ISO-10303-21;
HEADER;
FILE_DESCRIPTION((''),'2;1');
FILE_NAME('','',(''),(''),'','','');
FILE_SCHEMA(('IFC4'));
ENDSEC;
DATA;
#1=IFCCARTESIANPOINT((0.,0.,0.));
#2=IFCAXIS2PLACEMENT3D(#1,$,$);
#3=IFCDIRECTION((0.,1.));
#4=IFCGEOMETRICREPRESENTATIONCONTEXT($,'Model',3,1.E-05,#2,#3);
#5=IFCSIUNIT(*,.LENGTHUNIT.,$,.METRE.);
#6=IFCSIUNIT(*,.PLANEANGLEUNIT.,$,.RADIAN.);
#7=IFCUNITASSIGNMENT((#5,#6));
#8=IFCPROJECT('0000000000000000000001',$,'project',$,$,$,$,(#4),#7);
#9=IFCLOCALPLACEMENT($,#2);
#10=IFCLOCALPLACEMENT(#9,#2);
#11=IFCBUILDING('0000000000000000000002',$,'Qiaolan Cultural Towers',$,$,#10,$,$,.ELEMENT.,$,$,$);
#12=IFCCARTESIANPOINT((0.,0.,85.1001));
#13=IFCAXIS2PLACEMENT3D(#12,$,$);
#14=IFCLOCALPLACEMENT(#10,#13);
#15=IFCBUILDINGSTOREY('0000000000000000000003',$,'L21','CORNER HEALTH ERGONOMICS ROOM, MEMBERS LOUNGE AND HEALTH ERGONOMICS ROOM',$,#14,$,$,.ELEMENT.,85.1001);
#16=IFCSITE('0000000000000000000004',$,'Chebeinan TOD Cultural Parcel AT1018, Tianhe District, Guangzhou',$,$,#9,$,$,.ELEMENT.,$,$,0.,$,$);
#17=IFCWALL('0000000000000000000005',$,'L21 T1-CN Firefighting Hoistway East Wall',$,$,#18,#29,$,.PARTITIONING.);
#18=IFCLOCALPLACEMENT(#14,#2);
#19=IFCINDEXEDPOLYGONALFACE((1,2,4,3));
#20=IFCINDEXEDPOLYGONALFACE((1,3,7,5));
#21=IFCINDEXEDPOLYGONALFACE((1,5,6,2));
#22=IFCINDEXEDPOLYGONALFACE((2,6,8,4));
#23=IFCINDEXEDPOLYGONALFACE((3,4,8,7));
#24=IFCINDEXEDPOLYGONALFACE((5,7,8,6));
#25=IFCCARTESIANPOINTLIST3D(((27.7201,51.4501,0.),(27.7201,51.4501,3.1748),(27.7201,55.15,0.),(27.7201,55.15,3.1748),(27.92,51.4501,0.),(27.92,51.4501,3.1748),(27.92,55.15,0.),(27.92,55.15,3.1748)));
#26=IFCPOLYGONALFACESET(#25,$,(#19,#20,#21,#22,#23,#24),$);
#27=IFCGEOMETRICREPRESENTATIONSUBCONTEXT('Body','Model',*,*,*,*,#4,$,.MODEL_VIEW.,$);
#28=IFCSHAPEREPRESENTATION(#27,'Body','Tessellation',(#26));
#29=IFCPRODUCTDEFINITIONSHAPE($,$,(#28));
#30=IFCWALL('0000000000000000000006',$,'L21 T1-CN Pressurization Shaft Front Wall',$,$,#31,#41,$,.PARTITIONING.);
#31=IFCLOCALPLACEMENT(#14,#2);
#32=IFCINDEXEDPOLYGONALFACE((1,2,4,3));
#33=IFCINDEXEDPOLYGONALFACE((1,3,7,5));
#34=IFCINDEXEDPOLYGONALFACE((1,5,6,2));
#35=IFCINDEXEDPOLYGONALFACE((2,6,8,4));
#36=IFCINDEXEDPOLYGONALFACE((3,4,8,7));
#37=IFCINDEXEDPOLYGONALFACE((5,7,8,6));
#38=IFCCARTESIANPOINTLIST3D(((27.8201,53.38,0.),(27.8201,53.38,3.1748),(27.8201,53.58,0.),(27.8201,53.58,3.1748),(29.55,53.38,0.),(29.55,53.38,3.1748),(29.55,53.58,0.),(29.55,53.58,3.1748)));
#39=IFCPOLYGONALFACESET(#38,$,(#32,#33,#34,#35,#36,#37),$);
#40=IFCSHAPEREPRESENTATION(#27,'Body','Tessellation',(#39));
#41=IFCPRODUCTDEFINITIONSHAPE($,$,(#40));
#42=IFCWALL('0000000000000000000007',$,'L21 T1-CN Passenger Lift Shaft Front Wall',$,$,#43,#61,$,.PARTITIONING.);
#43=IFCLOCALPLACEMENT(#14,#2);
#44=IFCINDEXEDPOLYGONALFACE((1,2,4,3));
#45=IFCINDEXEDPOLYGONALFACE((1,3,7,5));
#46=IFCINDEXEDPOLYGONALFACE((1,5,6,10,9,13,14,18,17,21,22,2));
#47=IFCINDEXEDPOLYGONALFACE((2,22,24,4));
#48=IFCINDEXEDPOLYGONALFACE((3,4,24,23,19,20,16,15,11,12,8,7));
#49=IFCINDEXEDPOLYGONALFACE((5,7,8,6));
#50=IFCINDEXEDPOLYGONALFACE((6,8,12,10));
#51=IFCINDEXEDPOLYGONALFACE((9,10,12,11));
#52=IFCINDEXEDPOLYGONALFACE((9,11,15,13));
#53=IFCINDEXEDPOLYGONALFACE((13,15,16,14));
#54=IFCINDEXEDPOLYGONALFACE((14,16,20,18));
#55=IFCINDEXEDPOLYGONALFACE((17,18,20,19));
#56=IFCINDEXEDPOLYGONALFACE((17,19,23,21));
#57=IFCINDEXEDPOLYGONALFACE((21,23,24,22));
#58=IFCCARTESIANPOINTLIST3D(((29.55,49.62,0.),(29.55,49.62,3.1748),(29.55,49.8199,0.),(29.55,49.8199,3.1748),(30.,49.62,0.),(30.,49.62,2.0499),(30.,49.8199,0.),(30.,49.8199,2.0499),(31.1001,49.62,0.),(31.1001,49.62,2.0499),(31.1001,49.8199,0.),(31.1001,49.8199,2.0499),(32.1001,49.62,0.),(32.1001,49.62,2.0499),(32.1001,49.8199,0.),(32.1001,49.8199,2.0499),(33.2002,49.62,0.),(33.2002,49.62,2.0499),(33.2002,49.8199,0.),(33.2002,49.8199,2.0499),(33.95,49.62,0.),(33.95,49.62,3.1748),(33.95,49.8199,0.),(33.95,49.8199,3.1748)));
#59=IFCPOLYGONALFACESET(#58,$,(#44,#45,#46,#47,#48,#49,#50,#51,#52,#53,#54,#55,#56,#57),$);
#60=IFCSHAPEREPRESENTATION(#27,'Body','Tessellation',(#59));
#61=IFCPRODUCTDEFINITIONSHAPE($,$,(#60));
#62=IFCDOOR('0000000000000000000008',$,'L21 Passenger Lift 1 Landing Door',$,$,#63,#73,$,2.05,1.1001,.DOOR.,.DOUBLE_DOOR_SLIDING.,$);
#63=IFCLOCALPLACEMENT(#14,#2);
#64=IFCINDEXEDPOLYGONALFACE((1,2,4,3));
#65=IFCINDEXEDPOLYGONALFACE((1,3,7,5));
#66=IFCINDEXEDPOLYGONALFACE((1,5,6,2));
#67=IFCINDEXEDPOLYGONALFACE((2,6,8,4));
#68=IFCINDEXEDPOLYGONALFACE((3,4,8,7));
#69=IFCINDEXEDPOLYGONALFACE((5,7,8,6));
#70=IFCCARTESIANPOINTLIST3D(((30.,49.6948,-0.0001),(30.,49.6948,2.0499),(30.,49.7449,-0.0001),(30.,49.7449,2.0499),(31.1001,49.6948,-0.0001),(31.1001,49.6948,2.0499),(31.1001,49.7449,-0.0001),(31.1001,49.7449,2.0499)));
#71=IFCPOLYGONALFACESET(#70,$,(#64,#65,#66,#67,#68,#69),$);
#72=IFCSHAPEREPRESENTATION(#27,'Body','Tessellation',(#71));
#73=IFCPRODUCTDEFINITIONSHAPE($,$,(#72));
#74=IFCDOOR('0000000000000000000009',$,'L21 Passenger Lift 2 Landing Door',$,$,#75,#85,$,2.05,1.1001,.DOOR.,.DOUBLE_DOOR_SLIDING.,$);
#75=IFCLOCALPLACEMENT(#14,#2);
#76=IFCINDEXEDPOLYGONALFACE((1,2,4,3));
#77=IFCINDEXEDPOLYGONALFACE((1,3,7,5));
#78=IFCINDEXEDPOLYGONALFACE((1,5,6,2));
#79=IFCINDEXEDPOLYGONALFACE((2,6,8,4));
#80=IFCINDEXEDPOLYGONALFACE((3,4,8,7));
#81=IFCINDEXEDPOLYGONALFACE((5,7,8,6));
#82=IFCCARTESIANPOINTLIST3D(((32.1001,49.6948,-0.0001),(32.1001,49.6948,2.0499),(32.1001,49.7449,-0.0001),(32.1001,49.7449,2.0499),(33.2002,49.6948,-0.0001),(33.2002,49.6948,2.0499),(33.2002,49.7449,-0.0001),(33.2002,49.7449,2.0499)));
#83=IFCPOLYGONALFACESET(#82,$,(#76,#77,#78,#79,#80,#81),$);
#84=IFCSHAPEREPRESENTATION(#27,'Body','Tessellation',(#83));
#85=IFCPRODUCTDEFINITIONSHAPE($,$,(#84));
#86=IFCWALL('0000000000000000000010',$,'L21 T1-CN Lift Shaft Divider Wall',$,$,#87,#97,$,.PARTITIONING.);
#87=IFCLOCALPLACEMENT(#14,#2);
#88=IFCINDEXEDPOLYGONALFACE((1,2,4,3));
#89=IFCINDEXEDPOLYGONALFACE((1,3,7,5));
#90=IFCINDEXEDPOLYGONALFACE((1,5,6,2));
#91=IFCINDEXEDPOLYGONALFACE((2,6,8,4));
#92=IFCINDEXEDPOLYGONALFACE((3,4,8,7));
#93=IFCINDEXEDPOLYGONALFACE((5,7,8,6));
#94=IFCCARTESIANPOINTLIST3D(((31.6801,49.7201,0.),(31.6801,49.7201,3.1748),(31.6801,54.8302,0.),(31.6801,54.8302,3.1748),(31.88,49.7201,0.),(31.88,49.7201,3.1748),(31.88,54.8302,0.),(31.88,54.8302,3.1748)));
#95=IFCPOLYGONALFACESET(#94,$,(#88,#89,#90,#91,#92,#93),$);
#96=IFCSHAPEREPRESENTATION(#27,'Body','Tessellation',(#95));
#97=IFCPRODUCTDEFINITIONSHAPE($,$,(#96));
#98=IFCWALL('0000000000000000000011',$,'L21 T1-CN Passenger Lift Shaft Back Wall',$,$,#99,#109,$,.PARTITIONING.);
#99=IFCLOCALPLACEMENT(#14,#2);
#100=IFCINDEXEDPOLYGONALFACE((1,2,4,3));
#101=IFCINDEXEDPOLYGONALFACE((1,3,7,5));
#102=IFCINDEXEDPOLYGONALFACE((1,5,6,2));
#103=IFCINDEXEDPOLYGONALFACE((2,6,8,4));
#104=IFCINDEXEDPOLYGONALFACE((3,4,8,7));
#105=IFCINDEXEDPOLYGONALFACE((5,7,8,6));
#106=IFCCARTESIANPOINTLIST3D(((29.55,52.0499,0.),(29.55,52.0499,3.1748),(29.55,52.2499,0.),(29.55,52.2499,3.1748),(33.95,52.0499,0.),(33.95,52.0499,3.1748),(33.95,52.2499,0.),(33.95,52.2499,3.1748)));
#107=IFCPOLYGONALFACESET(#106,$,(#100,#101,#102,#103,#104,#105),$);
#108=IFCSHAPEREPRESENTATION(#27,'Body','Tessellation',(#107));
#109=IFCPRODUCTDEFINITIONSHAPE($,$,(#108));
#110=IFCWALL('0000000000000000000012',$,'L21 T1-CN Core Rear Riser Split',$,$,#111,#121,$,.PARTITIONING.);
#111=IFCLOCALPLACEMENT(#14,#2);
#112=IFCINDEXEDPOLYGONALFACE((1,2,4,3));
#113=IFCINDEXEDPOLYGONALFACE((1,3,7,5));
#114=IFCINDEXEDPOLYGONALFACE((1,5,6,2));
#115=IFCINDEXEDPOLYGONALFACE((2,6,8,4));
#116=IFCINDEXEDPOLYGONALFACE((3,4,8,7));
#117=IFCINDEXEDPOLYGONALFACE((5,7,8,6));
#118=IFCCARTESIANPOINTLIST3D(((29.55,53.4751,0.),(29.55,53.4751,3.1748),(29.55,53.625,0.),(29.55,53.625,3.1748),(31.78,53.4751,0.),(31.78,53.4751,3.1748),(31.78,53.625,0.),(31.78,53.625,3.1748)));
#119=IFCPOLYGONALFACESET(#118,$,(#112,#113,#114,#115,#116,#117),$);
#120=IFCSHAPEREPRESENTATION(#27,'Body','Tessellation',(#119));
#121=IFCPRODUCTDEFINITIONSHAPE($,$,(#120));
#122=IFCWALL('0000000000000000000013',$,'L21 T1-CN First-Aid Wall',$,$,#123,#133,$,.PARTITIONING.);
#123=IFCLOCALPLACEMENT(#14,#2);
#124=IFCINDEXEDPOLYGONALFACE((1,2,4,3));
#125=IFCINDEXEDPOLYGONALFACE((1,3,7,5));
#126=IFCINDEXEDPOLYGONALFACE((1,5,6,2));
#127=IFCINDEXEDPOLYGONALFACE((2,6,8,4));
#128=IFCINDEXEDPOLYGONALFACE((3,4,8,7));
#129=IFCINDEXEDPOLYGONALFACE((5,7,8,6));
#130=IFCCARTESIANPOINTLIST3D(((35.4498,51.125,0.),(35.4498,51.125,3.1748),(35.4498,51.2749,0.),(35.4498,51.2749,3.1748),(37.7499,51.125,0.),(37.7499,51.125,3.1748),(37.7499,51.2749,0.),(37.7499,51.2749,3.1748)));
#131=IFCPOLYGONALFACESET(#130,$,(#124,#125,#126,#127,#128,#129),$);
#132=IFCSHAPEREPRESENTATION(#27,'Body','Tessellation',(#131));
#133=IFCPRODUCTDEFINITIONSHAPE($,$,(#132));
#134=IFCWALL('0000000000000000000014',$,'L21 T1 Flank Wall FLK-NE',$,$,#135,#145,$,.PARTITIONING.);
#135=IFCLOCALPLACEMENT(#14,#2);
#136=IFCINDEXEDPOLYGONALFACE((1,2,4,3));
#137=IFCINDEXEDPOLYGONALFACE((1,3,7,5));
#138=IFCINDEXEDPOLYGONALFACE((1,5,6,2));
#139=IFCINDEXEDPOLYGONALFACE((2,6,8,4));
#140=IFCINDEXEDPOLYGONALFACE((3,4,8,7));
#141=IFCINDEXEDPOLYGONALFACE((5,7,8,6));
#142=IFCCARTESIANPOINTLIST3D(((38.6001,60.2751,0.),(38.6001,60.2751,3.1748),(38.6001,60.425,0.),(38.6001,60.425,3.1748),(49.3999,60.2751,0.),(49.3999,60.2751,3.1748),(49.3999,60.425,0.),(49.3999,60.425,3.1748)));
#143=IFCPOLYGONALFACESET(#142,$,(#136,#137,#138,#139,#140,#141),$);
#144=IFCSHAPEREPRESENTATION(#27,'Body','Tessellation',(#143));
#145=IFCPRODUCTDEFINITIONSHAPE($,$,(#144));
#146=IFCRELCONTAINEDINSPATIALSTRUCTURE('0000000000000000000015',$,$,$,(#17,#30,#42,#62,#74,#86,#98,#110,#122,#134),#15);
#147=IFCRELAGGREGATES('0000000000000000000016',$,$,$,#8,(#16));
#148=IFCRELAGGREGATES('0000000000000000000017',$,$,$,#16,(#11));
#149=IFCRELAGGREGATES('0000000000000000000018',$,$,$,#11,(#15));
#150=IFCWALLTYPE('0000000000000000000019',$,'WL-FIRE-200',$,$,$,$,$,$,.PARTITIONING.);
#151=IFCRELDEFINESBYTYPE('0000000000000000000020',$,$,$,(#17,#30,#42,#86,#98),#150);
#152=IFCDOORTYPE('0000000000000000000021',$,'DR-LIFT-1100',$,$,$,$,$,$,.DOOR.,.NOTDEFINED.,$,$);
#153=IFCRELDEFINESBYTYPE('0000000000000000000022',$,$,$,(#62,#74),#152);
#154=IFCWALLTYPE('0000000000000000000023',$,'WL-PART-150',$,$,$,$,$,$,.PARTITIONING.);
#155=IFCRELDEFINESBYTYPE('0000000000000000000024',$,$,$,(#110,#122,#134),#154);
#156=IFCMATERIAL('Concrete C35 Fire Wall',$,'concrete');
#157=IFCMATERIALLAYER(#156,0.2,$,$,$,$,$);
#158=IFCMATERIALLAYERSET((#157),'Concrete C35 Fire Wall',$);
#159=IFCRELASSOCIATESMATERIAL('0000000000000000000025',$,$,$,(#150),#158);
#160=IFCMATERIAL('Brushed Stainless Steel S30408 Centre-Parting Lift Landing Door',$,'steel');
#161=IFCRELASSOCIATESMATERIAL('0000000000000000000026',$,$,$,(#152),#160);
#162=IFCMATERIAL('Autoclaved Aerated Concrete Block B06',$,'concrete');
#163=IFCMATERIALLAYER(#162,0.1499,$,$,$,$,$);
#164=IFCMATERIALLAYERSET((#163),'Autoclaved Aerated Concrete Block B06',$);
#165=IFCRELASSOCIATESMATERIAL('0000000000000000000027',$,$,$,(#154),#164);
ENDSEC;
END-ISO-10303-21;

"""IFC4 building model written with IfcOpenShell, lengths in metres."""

from ifc_helpers import new_model, si_unit, direction, frame, frame_2d, origin, place, context, subcontext, project, spatial, rectangle, extrude, material, layer, layer_set, type_object, element, fill, save


model = new_model("IFC4")

# Units and contexts
model_context = context("Model", 3, precision=1e-05, world=origin(), true_north=direction((0.0, 1.0)))
body_context = subcontext(model_context, "Body", "Model", "MODEL_VIEW")
ifc_project = project(units=[si_unit("LENGTHUNIT", "METRE"), si_unit("PLANEANGLEUNIT", "RADIAN")], contexts=[model_context])

# Site, building, storey
site_placement = place(None, origin())
site = spatial("IfcSite", under=ifc_project, at=site_placement, Name="Chebeinan TOD Cultural Parcel AT1018, Tianhe District, Guangzhou", CompositionType="ELEMENT", RefElevation=0.0)
building_placement = place(site_placement, origin())
building = spatial("IfcBuilding", under=site, at=building_placement, Name="Qiaolan Cultural Towers", CompositionType="ELEMENT")
storey_placement = place(building_placement, frame((0.0, 0.0, 85.1001)))
storey = spatial("IfcBuildingStorey", under=building, at=storey_placement, Name="L21", Description="CORNER HEALTH ERGONOMICS ROOM, MEMBERS LOUNGE AND HEALTH ERGONOMICS ROOM", CompositionType="ELEMENT", Elevation=85.1001)

# Shared definitions
ifc_material_1 = material(Name="Concrete C35 Fire Wall", Category="concrete")
ifc_layer_1 = layer(ifc_material_1, 0.2)
ifc_layer_set_1 = layer_set([ifc_layer_1], Name="Concrete C35 Fire Wall")
wall_type_1 = type_object("IfcWallType", Name="WL-FIRE-200", PredefinedType="PARTITIONING", material=ifc_layer_set_1)
ifc_material_2 = material(Name="Brushed Stainless Steel S30408 Centre-Parting Lift Landing Door", Category="steel")
door_type = type_object("IfcDoorType", Name="DR-LIFT-1100", OperationType="NOTDEFINED", PredefinedType="DOOR", material=ifc_material_2)

# Walls
wall_1_placement = place(storey_placement, frame((27.8201, 51.45, 0.0), z_axis=(0.0, 0.0, 1.0), x_axis=(0.0, 1.0, 0.0)))
element("IfcWall", 1, at=wall_1_placement, inside=storey, type_object=wall_type_1, Name="L21 T1-CN Firefighting Hoistway East Wall", PredefinedType="PARTITIONING", context=body_context, shape_type="SweptSolid", body=[
    extrude(rectangle(XDim=3.7, YDim=0.2, at=frame_2d((1.8501, 0.0))), origin(), (0.0, 0.0, 1.0), 3.1748),
])
wall_2_placement = place(storey_placement, frame((27.8201, 53.48, 0.0), z_axis=(0.0, 0.0, 1.0), x_axis=(1.0, 0.0, 0.0)))
element("IfcWall", 2, at=wall_2_placement, inside=storey, type_object=wall_type_1, Name="L21 T1-CN Pressurization Shaft Front Wall", PredefinedType="PARTITIONING", context=body_context, shape_type="SweptSolid", body=[
    extrude(rectangle(XDim=1.73, YDim=0.2, at=frame_2d((0.865, 0.0))), origin(), (0.0, 0.0, 1.0), 3.1748),
])

# Wall, openings, doors
wall_3_placement = place(storey_placement, frame((29.55, 49.72, 0.0), z_axis=(0.0, 0.0, 1.0), x_axis=(1.0, 0.0, 0.0)))
wall_3 = element("IfcWall", 3, at=wall_3_placement, inside=storey, type_object=wall_type_1, Name="L21 T1-CN Passenger Lift Shaft Front Wall", PredefinedType="PARTITIONING", context=body_context, shape_type="SweptSolid", body=[
    extrude(rectangle(XDim=4.3999, YDim=0.2, at=frame_2d((2.2, 0.0))), origin(), (0.0, 0.0, 1.0), 3.1748),
])
opening_1_placement = place(wall_3_placement, frame((0.45, 0.0, 0.0)))
opening_1 = element("IfcOpeningElement", 4, at=opening_1_placement, cuts=wall_3, PredefinedType="OPENING", context=body_context, shape_type="SweptSolid", body=[
    extrude(rectangle(XDim=1.1001, YDim=2.05, at=frame_2d((0.55, 1.0249))), frame((0.0, 0.1099, 0.0), z_axis=(0.0, -1.0, 0.0), x_axis=(1.0, 0.0, 0.0)), (0.0, 0.0, 1.0), 0.22),
])
opening_2_placement = place(wall_3_placement, frame((2.55, 0.0, 0.0)))
opening_2 = element("IfcOpeningElement", 5, at=opening_2_placement, cuts=wall_3, PredefinedType="OPENING", context=body_context, shape_type="SweptSolid", body=[
    extrude(rectangle(XDim=1.1001, YDim=2.05, at=frame_2d((0.55, 1.0249))), frame((0.0, 0.1099, 0.0), z_axis=(0.0, -1.0, 0.0), x_axis=(1.0, 0.0, 0.0)), (0.0, 0.0, 1.0), 0.22),
])
door_1_placement = place(opening_1_placement, origin())
door_1 = element("IfcDoor", 6, at=door_1_placement, inside=storey, type_object=door_type, Name="L21 Passenger Lift 1 Landing Door", OperationType="DOUBLE_DOOR_SLIDING", OverallHeight=2.05, OverallWidth=1.1001, PredefinedType="DOOR", context=body_context, shape_type="SweptSolid", body=[
    extrude(rectangle(XDim=1.1001, YDim=2.05, at=frame_2d((0.55, 1.0249))), frame((0.0, 0.0249, 0.0), z_axis=(0.0, -1.0, 0.0), x_axis=(1.0, 0.0, 0.0)), (0.0, 0.0, 1.0), 0.05),
])
fill(opening_1, door_1)
door_2_placement = place(opening_2_placement, origin())
door_2 = element("IfcDoor", 7, at=door_2_placement, inside=storey, type_object=door_type, Name="L21 Passenger Lift 2 Landing Door", OperationType="DOUBLE_DOOR_SLIDING", OverallHeight=2.05, OverallWidth=1.1001, PredefinedType="DOOR", context=body_context, shape_type="SweptSolid", body=[
    extrude(rectangle(XDim=1.1001, YDim=2.05, at=frame_2d((0.55, 1.0249))), frame((0.0, 0.0249, 0.0), z_axis=(0.0, -1.0, 0.0), x_axis=(1.0, 0.0, 0.0)), (0.0, 0.0, 1.0), 0.05),
])
fill(opening_2, door_2)

# Walls
wall_4_placement = place(storey_placement, frame((31.78, 49.72, 0.0), z_axis=(0.0, 0.0, 1.0), x_axis=(0.0, 1.0, 0.0)))
element("IfcWall", 8, at=wall_4_placement, inside=storey, type_object=wall_type_1, Name="L21 T1-CN Lift Shaft Divider Wall", PredefinedType="PARTITIONING", context=body_context, shape_type="SweptSolid", body=[
    extrude(rectangle(XDim=5.1101, YDim=0.2, at=frame_2d((2.5552, 0.0))), origin(), (0.0, 0.0, 1.0), 3.1748),
])
wall_5_placement = place(storey_placement, frame((29.55, 52.1499, 0.0), z_axis=(0.0, 0.0, 1.0), x_axis=(1.0, 0.0, 0.0)))
element("IfcWall", 9, at=wall_5_placement, inside=storey, type_object=wall_type_1, Name="L21 T1-CN Passenger Lift Shaft Back Wall", PredefinedType="PARTITIONING", context=body_context, shape_type="SweptSolid", body=[
    extrude(rectangle(XDim=4.3999, YDim=0.2, at=frame_2d((2.2, 0.0))), origin(), (0.0, 0.0, 1.0), 3.1748),
])
ifc_material_3 = material(Name="Autoclaved Aerated Concrete Block B06", Category="concrete")
ifc_layer_2 = layer(ifc_material_3, 0.1499)
ifc_layer_set_2 = layer_set([ifc_layer_2], Name="Autoclaved Aerated Concrete Block B06")
wall_type_2 = type_object("IfcWallType", Name="WL-PART-150", PredefinedType="PARTITIONING", material=ifc_layer_set_2)
wall_6_placement = place(storey_placement, frame((29.55, 53.55, 0.0), z_axis=(0.0, 0.0, 1.0), x_axis=(1.0, 0.0, 0.0)))
element("IfcWall", 10, at=wall_6_placement, inside=storey, type_object=wall_type_2, Name="L21 T1-CN Core Rear Riser Split", PredefinedType="PARTITIONING", context=body_context, shape_type="SweptSolid", body=[
    extrude(rectangle(XDim=2.23, YDim=0.1499, at=frame_2d((1.115, 0.0))), origin(), (0.0, 0.0, 1.0), 3.1748),
])
wall_7_placement = place(storey_placement, frame((35.45, 51.2, 0.0), z_axis=(0.0, 0.0, 1.0), x_axis=(1.0, 0.0, 0.0)))
element("IfcWall", 11, at=wall_7_placement, inside=storey, type_object=wall_type_2, Name="L21 T1-CN First-Aid Wall", PredefinedType="PARTITIONING", context=body_context, shape_type="SweptSolid", body=[
    extrude(rectangle(XDim=2.3, YDim=0.1499, at=frame_2d((1.1499, 0.0))), origin(), (0.0, 0.0, 1.0), 3.1748),
])
wall_8_placement = place(storey_placement, frame((38.6001, 60.3501, 0.0), z_axis=(0.0, 0.0, 1.0), x_axis=(1.0, 0.0, 0.0)))
element("IfcWall", 12, at=wall_8_placement, inside=storey, type_object=wall_type_2, Name="L21 T1 Flank Wall FLK-NE", PredefinedType="PARTITIONING", context=body_context, shape_type="SweptSolid", body=[
    extrude(rectangle(XDim=10.7998, YDim=0.1499, at=frame_2d((5.3999, 0.0))), origin(), (0.0, 0.0, 1.0), 3.1748),
])

save(model, "model.ifc")
